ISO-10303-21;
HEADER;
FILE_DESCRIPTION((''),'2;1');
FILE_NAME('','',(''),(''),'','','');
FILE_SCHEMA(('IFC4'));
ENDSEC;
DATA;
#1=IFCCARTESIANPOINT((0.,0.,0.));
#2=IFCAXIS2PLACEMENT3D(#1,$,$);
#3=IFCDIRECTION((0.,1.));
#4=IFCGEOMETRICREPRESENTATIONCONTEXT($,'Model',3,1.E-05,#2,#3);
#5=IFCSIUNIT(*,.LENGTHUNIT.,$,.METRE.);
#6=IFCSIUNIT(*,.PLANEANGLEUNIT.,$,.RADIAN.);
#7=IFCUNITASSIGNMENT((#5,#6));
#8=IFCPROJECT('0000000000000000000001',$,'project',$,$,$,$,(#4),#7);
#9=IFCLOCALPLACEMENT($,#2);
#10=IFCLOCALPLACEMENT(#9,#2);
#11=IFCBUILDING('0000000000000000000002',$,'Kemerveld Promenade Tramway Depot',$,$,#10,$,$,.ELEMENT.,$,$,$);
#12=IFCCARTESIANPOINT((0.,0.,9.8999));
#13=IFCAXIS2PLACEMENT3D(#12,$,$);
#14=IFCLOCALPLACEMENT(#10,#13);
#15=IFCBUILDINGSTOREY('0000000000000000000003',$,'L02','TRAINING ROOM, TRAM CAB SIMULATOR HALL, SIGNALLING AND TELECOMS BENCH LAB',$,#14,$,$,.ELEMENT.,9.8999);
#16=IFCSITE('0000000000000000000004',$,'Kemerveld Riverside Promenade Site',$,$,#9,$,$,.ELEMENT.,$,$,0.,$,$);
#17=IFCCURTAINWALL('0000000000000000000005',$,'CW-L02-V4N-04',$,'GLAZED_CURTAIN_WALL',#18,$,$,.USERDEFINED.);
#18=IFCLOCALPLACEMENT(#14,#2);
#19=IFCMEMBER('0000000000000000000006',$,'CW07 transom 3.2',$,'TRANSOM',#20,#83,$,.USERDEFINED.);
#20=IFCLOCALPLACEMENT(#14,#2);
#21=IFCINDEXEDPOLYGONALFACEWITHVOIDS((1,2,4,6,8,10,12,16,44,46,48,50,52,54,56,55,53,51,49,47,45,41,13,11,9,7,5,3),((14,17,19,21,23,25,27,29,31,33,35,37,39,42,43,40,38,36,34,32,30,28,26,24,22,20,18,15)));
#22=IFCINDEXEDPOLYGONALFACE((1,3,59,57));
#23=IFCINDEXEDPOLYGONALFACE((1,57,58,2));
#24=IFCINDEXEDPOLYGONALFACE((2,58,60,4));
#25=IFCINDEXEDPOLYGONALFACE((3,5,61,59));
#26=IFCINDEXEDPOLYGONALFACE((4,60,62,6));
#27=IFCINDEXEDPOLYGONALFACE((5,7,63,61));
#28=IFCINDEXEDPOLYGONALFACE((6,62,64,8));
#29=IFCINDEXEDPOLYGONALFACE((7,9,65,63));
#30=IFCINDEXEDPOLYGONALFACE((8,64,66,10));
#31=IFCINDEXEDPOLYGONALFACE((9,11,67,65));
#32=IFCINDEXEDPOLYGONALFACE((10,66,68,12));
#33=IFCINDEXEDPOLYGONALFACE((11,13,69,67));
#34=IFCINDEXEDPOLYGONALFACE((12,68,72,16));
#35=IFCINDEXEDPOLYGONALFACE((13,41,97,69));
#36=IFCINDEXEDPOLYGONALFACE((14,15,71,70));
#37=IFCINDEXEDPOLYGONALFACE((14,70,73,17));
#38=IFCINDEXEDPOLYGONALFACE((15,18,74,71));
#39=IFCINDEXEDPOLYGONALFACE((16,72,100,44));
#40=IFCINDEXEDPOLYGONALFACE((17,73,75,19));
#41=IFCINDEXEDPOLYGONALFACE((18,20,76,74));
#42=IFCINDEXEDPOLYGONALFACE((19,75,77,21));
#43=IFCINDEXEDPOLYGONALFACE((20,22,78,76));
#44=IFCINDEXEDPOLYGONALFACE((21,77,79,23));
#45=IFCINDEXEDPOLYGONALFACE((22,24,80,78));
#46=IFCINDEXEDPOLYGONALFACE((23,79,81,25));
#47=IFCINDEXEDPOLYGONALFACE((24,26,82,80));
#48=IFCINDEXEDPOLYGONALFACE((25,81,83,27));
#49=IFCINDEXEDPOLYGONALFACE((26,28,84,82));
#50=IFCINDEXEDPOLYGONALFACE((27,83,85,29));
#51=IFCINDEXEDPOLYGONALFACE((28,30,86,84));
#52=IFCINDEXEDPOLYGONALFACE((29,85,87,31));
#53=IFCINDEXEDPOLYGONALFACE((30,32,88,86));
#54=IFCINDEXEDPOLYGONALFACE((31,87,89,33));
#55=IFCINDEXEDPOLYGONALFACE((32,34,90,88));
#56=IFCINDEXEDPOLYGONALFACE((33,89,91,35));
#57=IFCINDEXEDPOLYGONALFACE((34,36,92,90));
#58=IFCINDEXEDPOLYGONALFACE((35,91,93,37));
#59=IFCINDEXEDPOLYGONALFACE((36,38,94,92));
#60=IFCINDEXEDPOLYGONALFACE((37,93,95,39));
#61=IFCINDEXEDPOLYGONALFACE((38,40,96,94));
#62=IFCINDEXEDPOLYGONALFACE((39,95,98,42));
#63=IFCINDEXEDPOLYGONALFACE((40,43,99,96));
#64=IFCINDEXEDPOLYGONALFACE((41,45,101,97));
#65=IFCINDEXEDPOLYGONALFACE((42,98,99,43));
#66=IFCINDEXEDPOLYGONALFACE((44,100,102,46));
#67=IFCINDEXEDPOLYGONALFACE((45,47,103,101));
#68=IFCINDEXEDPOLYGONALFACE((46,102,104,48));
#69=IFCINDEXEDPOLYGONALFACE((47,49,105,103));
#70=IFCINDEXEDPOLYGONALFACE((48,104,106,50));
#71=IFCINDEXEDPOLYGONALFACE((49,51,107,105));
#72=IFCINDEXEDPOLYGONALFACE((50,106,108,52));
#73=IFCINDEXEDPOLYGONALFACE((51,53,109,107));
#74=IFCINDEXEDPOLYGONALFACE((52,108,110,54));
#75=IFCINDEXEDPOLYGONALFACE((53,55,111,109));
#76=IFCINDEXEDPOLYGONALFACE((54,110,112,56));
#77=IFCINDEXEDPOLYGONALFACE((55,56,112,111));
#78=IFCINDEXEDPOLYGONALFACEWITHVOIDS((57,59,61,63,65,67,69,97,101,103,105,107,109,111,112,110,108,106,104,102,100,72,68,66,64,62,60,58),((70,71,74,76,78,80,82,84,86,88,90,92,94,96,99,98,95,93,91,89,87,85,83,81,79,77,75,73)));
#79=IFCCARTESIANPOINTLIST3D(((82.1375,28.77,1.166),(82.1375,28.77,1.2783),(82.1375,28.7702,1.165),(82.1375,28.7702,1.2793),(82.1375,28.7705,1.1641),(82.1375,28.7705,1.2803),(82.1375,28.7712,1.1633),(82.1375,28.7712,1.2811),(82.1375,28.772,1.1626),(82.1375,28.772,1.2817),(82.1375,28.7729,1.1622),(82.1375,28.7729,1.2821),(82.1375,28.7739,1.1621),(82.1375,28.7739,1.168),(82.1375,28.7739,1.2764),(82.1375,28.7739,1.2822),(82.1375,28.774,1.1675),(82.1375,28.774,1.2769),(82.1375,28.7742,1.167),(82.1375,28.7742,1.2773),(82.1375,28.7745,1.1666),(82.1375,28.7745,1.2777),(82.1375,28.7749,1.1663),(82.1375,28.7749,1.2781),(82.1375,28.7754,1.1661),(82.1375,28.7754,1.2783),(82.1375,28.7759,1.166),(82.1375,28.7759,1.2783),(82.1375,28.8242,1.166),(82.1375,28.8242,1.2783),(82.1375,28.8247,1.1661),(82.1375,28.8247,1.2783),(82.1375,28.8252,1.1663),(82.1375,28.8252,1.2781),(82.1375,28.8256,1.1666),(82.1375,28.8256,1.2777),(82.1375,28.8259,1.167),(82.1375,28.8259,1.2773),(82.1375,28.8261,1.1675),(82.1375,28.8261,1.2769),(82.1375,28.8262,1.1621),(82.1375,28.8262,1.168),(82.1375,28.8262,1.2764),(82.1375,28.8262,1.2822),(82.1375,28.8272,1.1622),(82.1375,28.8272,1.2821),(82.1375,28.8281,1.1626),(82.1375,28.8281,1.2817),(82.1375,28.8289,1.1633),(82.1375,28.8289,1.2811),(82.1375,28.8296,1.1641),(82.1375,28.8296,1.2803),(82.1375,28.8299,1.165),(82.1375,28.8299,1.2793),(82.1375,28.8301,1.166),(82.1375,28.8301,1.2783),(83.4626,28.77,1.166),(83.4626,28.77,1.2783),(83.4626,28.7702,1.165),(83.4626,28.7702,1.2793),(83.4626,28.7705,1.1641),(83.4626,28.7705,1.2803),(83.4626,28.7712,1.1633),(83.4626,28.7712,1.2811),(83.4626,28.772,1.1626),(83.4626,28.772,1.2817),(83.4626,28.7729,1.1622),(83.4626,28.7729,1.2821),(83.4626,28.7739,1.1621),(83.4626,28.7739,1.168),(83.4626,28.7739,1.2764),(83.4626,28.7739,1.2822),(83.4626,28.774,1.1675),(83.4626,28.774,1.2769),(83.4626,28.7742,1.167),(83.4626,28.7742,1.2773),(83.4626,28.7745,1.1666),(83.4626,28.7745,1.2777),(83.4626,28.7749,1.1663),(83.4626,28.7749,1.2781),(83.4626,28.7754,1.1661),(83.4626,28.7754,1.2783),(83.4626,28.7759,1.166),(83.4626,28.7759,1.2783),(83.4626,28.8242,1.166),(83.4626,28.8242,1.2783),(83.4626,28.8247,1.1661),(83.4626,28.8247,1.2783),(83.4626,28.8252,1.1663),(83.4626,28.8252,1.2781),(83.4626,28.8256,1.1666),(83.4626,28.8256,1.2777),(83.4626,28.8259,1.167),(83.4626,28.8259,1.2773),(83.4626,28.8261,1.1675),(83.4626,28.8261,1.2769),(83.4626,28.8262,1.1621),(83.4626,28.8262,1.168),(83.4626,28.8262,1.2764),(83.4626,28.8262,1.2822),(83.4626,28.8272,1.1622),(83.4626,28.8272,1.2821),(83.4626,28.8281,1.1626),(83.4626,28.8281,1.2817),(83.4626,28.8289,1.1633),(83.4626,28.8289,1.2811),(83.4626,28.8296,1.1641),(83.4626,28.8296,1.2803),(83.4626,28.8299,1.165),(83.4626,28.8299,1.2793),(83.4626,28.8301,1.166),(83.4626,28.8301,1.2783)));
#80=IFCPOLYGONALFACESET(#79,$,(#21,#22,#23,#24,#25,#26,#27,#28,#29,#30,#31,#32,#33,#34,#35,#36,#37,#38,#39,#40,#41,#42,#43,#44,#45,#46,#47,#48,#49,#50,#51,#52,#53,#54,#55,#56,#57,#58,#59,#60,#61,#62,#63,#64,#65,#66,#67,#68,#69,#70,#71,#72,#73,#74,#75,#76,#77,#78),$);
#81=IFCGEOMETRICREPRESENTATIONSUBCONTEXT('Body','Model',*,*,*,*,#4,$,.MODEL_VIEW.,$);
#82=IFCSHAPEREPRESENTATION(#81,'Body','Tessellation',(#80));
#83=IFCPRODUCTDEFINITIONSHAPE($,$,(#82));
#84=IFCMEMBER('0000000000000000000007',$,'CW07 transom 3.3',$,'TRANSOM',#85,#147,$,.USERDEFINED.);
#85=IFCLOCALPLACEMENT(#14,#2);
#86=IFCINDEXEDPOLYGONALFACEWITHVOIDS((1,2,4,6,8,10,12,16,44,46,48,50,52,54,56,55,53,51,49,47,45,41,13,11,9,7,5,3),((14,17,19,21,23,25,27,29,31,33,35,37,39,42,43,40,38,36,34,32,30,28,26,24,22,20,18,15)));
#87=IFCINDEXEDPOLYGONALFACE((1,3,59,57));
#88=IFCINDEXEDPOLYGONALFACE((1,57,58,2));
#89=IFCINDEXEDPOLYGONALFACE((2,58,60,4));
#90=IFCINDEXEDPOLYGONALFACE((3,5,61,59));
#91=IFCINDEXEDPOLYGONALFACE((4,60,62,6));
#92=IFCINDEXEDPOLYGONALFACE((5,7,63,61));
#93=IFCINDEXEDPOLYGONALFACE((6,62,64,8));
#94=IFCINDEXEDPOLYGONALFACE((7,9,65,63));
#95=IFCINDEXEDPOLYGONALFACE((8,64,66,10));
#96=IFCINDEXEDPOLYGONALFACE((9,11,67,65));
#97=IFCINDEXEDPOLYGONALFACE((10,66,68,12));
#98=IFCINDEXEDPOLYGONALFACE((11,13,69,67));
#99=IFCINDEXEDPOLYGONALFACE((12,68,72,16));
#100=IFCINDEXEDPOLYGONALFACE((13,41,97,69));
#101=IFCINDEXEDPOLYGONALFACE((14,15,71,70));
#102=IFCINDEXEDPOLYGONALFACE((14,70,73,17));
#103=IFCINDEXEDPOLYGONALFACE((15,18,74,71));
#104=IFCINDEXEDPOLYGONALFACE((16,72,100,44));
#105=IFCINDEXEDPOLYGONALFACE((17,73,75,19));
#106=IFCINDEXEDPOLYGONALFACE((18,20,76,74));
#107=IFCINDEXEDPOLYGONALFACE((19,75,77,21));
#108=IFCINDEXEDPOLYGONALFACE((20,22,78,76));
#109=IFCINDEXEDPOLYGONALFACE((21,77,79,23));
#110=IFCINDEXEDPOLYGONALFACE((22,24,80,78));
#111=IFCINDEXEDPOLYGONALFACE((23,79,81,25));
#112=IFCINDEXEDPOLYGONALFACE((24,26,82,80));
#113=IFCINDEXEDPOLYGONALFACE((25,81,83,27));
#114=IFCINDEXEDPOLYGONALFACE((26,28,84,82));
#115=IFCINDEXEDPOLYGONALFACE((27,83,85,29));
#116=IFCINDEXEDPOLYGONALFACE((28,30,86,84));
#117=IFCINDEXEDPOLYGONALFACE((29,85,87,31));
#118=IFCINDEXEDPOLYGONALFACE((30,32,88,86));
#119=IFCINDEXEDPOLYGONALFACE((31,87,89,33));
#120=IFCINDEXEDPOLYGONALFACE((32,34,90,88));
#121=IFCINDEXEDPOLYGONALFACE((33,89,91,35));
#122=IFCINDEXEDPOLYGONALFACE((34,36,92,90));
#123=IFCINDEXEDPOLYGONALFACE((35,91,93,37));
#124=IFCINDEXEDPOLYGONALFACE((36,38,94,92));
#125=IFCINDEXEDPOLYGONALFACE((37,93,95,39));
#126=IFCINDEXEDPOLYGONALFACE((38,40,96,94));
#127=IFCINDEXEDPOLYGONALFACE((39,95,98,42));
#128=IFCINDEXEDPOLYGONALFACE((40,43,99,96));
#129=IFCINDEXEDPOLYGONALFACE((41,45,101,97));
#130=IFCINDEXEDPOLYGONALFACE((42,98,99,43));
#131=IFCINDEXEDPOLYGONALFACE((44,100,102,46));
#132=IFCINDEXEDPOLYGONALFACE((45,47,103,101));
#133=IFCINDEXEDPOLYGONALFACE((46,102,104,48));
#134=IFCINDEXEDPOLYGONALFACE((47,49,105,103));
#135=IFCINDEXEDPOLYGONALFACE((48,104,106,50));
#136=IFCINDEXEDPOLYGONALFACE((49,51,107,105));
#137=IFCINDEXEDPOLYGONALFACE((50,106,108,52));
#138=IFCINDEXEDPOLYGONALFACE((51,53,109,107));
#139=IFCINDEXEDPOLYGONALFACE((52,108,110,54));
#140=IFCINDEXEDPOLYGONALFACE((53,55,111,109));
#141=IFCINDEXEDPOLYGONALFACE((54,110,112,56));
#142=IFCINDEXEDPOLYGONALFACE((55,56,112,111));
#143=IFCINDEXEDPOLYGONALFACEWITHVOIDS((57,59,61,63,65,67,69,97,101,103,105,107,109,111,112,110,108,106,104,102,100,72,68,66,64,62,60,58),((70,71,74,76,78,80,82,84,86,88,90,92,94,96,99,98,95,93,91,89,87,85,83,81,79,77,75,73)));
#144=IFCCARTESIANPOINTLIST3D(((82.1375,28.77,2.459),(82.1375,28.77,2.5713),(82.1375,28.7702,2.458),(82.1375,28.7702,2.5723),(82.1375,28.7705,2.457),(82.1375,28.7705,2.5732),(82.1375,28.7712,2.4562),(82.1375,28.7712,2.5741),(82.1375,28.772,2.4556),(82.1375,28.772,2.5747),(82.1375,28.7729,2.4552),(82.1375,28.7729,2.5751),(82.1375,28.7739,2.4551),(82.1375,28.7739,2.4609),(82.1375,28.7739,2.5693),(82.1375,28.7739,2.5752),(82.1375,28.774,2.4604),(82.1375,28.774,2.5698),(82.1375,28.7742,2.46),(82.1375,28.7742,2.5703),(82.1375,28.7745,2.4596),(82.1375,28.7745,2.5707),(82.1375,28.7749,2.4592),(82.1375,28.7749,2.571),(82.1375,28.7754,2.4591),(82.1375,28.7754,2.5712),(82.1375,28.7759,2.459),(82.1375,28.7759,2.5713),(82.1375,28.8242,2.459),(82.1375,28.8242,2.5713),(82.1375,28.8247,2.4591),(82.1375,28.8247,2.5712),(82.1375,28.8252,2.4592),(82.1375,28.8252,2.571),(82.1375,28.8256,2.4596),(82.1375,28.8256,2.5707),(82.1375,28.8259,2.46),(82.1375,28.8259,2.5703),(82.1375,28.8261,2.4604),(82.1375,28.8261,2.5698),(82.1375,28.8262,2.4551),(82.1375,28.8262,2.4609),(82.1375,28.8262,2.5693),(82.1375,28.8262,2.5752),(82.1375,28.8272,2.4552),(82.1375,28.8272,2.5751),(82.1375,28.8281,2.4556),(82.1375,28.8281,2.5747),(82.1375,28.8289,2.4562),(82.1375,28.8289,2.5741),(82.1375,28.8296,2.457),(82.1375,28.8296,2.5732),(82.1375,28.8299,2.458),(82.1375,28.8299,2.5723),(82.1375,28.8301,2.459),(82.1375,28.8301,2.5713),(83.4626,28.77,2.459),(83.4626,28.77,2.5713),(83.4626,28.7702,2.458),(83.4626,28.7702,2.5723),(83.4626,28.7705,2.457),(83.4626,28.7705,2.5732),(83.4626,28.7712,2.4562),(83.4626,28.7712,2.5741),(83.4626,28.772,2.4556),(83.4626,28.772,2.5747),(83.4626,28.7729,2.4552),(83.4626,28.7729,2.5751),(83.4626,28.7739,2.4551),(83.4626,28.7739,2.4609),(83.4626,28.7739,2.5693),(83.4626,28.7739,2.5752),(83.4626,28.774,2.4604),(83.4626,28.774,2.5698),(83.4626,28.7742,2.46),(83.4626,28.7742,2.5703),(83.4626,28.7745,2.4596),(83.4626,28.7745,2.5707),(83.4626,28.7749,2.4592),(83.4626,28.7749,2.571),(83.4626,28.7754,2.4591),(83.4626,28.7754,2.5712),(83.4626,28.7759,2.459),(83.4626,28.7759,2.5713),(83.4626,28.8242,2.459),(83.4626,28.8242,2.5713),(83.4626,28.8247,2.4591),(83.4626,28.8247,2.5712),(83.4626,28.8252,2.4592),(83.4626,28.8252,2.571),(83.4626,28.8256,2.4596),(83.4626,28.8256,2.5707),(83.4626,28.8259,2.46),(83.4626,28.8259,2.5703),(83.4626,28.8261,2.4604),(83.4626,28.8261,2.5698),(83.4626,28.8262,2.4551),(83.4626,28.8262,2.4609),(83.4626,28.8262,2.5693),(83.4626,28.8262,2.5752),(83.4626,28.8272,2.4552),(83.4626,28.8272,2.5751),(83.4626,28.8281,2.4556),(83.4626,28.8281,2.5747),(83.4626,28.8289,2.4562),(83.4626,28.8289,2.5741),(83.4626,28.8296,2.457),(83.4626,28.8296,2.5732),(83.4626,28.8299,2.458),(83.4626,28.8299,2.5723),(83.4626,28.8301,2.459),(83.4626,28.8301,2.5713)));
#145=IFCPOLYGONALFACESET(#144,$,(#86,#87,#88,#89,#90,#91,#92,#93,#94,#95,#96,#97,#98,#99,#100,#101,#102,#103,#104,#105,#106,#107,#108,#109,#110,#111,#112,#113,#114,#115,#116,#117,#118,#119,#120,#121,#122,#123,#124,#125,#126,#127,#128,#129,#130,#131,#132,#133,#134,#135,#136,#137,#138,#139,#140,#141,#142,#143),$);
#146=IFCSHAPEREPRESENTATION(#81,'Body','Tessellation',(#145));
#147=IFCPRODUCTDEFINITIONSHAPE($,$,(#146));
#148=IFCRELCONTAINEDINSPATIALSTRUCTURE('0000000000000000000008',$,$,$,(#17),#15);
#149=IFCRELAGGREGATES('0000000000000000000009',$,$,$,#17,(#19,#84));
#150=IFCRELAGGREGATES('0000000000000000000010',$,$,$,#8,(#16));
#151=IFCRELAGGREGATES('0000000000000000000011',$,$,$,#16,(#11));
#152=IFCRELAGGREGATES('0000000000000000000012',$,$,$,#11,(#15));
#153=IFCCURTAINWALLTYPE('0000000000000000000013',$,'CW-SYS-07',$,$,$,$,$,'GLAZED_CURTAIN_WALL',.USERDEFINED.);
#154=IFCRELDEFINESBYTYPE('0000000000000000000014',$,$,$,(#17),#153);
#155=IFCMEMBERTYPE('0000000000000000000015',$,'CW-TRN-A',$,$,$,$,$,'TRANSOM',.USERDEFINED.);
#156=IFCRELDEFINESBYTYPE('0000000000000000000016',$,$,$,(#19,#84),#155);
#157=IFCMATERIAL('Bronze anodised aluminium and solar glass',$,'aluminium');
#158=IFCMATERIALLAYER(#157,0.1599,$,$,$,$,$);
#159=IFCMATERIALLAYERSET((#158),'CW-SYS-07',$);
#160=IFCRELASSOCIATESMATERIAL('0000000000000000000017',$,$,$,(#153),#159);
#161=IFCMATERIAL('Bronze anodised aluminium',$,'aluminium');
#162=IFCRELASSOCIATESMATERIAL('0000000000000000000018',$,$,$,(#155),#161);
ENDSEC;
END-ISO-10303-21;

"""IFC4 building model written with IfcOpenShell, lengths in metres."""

from ifc_helpers import new_model, si_unit, direction, frame, origin, origin_2d, place, context, subcontext, project, spatial, hollow_rectangle, extrude, material, layer, layer_set, material_profile, profile_set, type_object, element, aggregate, save


model = new_model("IFC4")

# Units and contexts
model_context = context("Model", 3, precision=1e-05, world=origin(), true_north=direction((0.0, 1.0)))
body_context = subcontext(model_context, "Body", "Model", "MODEL_VIEW")
ifc_project = project(units=[si_unit("LENGTHUNIT", "METRE"), si_unit("PLANEANGLEUNIT", "RADIAN")], contexts=[model_context])

# Site, building, storey
site_placement = place(None, origin())
site = spatial("IfcSite", under=ifc_project, at=site_placement, Name="Kemerveld Riverside Promenade Site", CompositionType="ELEMENT", RefElevation=0.0)
building_placement = place(site_placement, origin())
building = spatial("IfcBuilding", under=site, at=building_placement, Name="Kemerveld Promenade Tramway Depot", CompositionType="ELEMENT")
storey_placement = place(building_placement, frame((0.0, 0.0, 9.8999)))
storey = spatial("IfcBuildingStorey", under=building, at=storey_placement, Name="L02", Description="TRAINING ROOM, TRAM CAB SIMULATOR HALL, SIGNALLING AND TELECOMS BENCH LAB", CompositionType="ELEMENT", Elevation=9.8999)

# Curtain wall, members
ifc_material_1 = material(Name="Bronze anodised aluminium and solar glass", Category="aluminium")
ifc_layer_1 = layer(ifc_material_1, 0.1599)
ifc_layer_set_1 = layer_set([ifc_layer_1], Name="CW-SYS-07")
curtain_wall_type = type_object("IfcCurtainWallType", Name="CW-SYS-07", ElementType="GLAZED_CURTAIN_WALL", PredefinedType="USERDEFINED", material=ifc_layer_set_1)
curtain_wall_placement = place(storey_placement, origin())
curtain_wall = element("IfcCurtainWall", 1, at=curtain_wall_placement, inside=storey, type_object=curtain_wall_type, Name="CW-L02-V4N-04", ObjectType="GLAZED_CURTAIN_WALL", PredefinedType="USERDEFINED")
ifc_material_2 = material(Name="Bronze anodised aluminium", Category="aluminium")
ifc_material_profile_1 = material_profile(ifc_material_2, hollow_rectangle(XDim=0.0601, YDim=0.1201, WallThickness=0.0039, InnerFilletRadius=0.002, OuterFilletRadius=0.0039, at=origin_2d()), Name="CW-TRN-120x60")
ifc_profile_set_1 = profile_set([ifc_material_profile_1], Name="Bronze anodised aluminium")
member_type_1 = type_object("IfcMemberType", Name="CW-TRN-A", ElementType="TRANSOM", PredefinedType="USERDEFINED", material=ifc_profile_set_1)
member_1_placement = place(storey_placement, frame((82.1375, 28.8, 1.2222), z_axis=(1.0, 0.0, 0.0), x_axis=(0.0, 1.0, 0.0)))
member_1 = element("IfcMember", 2, at=member_1_placement, type_object=member_type_1, Name="CW07 transom 3.2", ObjectType="TRANSOM", PredefinedType="USERDEFINED", context=body_context, shape_type="SweptSolid", body=[
    extrude(hollow_rectangle(XDim=0.0601, YDim=0.1201, WallThickness=0.0039, InnerFilletRadius=0.002, OuterFilletRadius=0.0039, at=origin_2d()), origin(), (0.0, 0.0, 1.0), 1.3252),
])
member_2_placement = place(storey_placement, frame((82.1375, 28.8, 2.5151), z_axis=(1.0, 0.0, 0.0), x_axis=(0.0, 1.0, 0.0)))
member_2 = element("IfcMember", 3, at=member_2_placement, type_object=member_type_1, Name="CW07 transom 3.3", ObjectType="TRANSOM", PredefinedType="USERDEFINED", context=body_context, shape_type="SweptSolid", body=[
    extrude(hollow_rectangle(XDim=0.0601, YDim=0.1201, WallThickness=0.0039, InnerFilletRadius=0.002, OuterFilletRadius=0.0039, at=origin_2d()), origin(), (0.0, 0.0, 1.0), 1.3252),
])
aggregate(curtain_wall, [member_1, member_2])

save(model, "model.ifc")
